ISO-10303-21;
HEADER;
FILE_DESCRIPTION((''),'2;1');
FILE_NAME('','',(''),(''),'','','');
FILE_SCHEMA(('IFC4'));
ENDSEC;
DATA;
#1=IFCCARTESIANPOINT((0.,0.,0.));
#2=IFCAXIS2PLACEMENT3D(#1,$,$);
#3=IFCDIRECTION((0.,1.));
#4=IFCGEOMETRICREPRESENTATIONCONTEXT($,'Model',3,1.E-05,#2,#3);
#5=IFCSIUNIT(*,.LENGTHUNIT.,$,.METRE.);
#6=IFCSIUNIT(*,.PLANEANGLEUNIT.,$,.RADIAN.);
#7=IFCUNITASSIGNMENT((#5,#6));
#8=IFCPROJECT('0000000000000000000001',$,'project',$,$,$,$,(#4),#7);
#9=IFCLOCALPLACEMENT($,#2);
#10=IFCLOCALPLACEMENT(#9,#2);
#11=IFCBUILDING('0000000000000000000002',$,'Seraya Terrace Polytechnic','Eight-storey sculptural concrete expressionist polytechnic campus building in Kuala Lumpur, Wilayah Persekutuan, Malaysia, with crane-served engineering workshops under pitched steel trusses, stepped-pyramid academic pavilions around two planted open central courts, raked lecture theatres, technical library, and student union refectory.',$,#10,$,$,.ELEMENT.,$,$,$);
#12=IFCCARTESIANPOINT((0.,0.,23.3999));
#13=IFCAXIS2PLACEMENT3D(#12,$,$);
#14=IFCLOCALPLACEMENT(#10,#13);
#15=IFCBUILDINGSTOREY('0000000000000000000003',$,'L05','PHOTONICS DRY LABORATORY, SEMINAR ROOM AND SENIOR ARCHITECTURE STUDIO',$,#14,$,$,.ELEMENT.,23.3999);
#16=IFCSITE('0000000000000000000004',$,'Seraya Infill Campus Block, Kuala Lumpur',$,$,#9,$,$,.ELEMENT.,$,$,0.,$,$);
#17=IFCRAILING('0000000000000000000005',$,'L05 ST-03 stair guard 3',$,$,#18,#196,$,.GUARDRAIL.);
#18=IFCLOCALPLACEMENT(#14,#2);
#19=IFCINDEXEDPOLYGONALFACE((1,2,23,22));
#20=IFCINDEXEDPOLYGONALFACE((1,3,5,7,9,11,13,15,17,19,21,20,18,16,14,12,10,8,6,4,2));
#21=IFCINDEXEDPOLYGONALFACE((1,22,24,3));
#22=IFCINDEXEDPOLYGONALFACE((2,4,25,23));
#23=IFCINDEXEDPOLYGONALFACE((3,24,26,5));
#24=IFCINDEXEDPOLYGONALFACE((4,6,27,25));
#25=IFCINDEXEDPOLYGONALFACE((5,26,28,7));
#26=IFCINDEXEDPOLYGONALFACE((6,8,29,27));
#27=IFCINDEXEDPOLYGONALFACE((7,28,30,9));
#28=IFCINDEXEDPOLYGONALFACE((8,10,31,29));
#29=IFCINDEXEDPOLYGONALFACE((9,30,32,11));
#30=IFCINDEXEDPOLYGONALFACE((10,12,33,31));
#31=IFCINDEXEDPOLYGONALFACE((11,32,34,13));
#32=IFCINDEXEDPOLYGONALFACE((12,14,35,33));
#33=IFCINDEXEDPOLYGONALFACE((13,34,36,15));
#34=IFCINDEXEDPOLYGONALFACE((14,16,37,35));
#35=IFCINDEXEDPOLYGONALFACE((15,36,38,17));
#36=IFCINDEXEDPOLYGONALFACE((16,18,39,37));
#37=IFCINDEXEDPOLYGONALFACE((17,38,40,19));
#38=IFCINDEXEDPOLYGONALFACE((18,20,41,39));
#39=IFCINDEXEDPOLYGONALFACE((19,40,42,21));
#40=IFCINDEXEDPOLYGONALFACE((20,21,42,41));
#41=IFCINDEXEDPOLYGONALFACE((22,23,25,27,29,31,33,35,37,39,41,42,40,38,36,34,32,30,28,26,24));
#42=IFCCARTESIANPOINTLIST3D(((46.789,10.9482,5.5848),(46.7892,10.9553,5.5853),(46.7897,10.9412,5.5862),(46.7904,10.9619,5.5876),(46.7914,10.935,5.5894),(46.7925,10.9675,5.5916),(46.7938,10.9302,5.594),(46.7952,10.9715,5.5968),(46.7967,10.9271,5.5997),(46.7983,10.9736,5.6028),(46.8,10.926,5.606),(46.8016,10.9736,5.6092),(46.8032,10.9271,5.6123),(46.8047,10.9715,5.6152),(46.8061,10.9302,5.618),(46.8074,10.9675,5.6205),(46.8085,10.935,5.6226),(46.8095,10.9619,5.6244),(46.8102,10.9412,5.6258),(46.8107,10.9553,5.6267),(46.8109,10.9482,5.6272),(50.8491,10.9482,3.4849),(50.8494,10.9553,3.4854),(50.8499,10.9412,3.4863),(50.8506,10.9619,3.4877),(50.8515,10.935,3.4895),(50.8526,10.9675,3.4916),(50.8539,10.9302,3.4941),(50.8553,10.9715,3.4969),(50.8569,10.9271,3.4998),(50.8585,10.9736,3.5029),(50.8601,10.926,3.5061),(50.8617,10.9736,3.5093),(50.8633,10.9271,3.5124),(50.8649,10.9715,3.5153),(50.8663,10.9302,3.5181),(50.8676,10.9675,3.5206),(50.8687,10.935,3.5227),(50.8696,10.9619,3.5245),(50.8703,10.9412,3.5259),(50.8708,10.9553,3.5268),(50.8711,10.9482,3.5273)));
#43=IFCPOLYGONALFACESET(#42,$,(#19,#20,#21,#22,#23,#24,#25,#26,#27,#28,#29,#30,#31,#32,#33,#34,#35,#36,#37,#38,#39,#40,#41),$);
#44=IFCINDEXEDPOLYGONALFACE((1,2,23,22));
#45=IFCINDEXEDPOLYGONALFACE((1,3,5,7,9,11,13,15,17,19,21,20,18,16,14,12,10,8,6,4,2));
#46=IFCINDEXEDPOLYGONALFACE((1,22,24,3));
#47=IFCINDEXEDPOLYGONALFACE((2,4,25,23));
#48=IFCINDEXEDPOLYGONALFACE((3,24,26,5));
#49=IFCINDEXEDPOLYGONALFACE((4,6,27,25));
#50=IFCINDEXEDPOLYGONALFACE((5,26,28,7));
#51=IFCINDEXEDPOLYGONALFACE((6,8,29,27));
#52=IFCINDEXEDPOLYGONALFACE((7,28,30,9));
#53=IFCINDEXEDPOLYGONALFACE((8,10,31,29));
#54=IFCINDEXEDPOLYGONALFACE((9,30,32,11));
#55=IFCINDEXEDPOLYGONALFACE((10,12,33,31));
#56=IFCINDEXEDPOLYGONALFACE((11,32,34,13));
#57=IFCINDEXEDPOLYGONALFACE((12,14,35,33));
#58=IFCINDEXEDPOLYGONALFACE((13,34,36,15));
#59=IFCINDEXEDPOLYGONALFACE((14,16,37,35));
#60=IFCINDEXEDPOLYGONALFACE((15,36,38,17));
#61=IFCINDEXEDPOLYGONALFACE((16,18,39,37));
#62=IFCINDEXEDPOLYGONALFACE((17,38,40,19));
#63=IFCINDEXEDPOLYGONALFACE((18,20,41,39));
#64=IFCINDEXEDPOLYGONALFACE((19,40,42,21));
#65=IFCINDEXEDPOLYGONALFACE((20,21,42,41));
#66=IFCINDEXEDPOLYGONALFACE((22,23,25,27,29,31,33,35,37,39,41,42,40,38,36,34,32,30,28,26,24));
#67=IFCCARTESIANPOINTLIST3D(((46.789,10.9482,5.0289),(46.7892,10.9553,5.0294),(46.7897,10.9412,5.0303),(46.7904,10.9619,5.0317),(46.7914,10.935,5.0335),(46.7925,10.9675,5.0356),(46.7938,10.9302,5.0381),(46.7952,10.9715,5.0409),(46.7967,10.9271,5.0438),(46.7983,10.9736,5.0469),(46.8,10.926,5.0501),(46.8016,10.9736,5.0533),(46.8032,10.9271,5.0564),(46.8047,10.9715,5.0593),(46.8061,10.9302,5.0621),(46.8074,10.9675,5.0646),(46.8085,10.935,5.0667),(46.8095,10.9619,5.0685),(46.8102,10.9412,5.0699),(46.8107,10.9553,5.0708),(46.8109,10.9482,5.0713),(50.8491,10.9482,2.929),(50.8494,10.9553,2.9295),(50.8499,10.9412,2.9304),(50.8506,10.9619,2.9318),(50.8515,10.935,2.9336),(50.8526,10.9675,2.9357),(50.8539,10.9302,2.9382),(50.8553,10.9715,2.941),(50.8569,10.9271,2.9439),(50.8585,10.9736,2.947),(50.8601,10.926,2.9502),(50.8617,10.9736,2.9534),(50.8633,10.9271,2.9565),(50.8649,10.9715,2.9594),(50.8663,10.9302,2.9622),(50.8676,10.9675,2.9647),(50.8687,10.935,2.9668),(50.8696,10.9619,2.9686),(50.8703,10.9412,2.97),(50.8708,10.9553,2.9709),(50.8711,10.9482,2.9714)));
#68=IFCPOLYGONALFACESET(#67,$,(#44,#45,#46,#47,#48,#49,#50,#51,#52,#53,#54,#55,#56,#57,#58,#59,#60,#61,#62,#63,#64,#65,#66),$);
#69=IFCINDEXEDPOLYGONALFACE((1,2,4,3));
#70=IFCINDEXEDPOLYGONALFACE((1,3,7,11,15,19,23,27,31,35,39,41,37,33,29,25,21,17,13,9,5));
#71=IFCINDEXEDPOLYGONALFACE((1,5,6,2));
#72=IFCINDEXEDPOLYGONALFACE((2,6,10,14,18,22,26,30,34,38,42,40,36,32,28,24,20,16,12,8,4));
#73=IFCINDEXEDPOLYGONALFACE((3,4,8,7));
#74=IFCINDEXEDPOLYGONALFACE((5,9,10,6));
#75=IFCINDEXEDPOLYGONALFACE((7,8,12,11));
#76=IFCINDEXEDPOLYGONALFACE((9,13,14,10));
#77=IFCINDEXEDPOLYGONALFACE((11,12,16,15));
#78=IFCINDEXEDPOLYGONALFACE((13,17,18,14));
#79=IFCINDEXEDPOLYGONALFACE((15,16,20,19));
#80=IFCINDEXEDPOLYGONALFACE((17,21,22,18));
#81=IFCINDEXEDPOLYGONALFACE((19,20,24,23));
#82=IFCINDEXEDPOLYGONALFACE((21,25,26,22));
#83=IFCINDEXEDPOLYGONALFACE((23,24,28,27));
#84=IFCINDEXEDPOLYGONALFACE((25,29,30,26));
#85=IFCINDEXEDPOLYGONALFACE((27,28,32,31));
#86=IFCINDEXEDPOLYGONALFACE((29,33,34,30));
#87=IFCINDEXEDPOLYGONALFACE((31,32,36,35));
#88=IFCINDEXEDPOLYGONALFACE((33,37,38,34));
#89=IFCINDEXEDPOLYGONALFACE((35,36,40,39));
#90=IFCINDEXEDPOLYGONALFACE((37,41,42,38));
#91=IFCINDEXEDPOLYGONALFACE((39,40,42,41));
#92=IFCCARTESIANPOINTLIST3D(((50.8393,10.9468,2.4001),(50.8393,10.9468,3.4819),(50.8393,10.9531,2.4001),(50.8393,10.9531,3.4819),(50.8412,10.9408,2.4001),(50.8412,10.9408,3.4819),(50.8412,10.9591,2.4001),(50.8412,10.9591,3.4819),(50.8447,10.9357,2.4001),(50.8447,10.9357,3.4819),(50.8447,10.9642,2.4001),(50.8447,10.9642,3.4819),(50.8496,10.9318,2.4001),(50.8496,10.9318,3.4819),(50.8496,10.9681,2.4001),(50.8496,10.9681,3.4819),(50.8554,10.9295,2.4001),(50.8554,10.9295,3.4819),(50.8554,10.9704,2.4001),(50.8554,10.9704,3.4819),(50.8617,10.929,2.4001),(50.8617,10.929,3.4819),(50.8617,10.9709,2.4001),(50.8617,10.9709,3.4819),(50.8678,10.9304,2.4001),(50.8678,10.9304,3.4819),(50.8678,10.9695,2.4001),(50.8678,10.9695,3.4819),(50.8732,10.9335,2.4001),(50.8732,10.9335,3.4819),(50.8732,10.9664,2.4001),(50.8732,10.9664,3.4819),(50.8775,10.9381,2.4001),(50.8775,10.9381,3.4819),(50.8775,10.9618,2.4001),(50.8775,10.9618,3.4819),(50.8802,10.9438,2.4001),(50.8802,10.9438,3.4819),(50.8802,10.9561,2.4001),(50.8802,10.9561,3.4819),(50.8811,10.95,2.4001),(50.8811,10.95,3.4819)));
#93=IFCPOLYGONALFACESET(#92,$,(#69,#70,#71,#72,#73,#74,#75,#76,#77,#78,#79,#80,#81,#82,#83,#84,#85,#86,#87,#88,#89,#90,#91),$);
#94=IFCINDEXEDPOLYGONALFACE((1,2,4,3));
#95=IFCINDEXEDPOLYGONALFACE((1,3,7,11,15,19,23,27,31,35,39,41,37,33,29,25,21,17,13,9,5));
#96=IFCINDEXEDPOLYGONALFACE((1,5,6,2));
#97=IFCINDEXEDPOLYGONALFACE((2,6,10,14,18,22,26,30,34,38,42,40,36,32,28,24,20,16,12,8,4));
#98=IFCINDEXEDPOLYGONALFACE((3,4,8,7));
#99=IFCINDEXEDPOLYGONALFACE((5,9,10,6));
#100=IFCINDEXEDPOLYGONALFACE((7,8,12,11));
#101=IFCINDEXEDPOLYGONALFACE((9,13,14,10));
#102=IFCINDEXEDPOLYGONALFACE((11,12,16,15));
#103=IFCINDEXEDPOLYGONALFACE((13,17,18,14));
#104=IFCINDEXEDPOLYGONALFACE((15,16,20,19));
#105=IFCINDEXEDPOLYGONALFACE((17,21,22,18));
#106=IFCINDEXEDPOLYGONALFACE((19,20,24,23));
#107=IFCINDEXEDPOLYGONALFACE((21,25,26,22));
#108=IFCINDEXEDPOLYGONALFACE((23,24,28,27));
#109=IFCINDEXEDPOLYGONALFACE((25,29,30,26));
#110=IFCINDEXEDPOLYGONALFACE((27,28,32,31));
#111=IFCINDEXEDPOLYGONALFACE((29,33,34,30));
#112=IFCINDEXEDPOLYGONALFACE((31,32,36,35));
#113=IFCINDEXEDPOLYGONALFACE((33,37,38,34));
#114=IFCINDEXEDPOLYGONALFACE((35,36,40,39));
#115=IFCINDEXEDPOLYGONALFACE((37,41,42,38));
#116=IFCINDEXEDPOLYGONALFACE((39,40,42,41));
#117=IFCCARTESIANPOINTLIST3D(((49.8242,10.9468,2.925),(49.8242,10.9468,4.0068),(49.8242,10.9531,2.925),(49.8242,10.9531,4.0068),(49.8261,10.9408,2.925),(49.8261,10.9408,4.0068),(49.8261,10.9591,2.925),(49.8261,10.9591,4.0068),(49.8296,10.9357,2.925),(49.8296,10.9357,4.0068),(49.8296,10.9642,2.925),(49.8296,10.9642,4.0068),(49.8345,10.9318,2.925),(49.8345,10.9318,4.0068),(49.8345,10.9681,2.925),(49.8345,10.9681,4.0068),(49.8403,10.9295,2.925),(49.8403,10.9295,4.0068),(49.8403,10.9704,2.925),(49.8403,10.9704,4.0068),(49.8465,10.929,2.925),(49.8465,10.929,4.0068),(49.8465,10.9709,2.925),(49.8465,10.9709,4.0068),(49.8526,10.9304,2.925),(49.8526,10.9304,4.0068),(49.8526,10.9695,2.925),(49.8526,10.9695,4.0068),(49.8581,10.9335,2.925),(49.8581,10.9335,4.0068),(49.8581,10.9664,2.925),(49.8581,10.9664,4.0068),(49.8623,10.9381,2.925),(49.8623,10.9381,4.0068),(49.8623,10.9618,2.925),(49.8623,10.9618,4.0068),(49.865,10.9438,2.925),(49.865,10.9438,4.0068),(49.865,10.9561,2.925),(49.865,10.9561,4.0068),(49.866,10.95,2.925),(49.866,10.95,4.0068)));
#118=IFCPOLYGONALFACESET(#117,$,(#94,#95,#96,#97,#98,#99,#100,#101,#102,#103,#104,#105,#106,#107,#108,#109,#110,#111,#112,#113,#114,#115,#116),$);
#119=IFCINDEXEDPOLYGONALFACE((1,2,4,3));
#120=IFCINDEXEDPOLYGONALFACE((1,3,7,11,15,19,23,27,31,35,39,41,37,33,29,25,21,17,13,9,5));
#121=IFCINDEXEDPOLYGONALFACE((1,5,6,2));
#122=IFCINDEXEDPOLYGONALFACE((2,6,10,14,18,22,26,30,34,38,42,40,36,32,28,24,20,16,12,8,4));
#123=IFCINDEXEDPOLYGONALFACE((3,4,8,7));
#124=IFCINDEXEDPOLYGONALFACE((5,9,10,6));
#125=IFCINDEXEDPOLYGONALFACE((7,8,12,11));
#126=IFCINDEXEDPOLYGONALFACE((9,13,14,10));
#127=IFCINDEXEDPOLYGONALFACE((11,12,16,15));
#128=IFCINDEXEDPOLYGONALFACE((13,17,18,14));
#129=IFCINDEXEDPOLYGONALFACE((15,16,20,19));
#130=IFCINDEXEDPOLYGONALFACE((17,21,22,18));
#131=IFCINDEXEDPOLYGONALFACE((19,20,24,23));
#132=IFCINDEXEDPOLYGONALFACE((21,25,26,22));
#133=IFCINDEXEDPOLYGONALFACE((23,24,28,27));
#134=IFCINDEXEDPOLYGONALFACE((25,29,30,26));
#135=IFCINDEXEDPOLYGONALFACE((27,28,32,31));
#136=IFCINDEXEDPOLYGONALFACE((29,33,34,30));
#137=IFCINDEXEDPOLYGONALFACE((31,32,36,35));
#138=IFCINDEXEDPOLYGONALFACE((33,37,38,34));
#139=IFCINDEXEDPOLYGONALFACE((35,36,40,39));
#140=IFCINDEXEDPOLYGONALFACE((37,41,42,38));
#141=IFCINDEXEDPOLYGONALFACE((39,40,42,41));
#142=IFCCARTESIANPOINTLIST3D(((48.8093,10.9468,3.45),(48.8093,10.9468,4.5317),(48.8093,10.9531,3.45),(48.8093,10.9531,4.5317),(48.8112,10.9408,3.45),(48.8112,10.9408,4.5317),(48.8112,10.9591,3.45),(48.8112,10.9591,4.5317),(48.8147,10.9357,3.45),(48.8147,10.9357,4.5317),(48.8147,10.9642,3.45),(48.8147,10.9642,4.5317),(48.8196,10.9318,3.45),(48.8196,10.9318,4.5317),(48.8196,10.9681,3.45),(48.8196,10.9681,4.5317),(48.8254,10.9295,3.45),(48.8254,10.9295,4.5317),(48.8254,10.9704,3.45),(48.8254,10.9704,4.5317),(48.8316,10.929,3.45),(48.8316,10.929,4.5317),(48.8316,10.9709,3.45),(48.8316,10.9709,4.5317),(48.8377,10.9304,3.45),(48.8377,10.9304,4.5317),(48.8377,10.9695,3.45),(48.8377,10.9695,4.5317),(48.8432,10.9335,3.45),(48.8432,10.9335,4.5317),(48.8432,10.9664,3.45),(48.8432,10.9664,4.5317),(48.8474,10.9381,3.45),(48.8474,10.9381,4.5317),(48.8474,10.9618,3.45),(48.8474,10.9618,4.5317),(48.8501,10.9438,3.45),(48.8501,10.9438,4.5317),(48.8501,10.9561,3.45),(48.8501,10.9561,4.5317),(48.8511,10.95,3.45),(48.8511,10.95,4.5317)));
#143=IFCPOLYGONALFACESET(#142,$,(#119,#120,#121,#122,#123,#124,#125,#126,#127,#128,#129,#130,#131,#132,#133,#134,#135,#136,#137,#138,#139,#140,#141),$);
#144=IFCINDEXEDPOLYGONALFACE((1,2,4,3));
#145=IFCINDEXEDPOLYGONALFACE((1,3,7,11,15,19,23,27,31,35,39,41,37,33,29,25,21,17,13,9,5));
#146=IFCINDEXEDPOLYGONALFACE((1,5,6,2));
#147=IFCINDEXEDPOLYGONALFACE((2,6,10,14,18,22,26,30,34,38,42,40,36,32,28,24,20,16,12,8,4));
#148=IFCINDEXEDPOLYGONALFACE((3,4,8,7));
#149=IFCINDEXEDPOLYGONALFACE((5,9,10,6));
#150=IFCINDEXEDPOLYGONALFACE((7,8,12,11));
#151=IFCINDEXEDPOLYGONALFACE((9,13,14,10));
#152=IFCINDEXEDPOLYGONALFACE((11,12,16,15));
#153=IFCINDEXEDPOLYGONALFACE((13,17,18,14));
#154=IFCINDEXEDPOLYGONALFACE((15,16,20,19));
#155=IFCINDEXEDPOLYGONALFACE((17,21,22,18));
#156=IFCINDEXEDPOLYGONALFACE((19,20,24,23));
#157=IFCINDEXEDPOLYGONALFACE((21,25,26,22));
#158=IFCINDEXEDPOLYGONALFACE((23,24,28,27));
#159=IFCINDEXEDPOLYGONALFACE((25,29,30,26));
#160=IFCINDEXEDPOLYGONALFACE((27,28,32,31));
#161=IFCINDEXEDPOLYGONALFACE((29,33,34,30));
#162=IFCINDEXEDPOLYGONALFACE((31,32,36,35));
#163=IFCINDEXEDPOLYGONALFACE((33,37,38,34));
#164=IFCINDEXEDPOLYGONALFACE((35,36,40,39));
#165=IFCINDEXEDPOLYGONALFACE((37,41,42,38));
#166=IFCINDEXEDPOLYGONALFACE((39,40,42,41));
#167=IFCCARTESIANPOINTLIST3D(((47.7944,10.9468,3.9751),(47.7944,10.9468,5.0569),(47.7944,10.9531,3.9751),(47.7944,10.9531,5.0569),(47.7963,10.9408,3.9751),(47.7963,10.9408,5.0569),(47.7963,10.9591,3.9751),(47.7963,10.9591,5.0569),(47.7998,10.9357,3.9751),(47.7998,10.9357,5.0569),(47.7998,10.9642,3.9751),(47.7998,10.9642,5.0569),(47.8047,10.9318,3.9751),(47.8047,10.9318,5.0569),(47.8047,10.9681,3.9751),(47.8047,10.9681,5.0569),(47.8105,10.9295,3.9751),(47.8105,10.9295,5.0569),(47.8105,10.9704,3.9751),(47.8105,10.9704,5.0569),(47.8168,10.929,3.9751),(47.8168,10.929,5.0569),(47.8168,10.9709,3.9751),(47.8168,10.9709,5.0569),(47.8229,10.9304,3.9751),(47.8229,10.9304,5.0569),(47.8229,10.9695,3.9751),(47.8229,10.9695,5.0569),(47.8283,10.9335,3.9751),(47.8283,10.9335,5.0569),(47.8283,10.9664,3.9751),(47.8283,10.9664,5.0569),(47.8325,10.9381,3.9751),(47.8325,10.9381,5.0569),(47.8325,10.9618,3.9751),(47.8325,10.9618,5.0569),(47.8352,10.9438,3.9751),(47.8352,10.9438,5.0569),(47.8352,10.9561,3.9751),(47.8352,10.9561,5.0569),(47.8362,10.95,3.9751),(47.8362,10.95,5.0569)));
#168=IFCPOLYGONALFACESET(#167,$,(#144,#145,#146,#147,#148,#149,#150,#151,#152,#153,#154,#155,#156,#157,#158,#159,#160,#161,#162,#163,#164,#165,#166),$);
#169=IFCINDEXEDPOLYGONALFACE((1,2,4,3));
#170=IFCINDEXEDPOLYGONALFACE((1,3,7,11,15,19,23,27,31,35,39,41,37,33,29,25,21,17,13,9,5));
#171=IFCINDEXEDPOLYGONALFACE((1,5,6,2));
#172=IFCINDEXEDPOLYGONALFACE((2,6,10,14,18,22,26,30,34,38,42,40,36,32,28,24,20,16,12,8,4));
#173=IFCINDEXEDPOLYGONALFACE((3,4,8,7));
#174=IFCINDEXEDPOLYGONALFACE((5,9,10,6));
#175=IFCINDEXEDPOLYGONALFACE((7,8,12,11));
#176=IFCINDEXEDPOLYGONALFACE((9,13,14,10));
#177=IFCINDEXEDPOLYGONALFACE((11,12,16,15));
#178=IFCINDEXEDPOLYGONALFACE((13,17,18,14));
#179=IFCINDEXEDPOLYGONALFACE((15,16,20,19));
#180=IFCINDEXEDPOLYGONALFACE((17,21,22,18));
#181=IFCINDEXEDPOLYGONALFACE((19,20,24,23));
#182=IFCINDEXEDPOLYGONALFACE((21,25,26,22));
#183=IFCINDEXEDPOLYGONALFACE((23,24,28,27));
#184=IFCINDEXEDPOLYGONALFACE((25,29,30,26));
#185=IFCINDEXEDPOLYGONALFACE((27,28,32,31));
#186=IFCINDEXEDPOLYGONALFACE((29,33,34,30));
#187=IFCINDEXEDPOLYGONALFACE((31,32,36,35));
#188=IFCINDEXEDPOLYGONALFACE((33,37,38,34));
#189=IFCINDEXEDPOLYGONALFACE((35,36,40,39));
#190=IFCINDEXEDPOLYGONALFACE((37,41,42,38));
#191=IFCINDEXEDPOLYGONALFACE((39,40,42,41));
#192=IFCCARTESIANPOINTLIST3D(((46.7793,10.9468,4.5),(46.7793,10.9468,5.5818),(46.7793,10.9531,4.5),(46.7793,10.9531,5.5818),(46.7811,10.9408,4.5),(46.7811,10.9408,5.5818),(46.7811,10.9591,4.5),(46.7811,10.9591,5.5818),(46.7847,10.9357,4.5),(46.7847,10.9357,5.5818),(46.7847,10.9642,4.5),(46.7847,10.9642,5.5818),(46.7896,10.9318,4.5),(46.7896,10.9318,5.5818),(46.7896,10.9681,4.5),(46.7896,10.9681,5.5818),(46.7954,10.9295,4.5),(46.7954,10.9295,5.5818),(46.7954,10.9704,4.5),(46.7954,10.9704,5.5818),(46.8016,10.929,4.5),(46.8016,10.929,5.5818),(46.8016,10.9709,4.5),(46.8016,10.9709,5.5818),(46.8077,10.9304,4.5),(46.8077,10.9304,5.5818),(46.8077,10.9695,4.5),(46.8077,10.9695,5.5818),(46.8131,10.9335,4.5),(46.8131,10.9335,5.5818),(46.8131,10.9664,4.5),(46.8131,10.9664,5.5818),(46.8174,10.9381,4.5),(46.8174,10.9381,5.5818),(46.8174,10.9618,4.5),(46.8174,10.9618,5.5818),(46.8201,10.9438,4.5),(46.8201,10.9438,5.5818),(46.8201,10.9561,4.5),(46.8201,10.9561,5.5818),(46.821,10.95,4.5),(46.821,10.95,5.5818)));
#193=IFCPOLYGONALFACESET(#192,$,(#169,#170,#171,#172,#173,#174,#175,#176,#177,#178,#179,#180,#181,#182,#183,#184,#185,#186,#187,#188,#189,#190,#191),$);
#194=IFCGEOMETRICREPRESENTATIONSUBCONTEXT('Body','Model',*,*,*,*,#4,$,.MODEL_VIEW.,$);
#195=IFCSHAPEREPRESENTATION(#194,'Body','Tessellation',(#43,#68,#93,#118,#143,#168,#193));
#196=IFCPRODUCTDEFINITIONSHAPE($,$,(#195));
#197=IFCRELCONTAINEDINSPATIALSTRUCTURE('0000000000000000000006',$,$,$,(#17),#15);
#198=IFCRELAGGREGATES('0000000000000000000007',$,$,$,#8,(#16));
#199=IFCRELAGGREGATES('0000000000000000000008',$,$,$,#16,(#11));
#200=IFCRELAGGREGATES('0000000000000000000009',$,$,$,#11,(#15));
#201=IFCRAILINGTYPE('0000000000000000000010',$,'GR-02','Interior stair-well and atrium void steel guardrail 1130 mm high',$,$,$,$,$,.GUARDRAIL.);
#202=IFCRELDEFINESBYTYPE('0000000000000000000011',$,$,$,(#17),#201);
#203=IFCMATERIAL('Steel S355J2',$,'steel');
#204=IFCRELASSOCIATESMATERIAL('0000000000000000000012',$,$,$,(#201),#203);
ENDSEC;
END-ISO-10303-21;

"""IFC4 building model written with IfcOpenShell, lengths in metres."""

from ifc_helpers import new_model, si_unit, direction, frame, origin, origin_2d, place, context, subcontext, project, spatial, circle, extrude, material, type_object, element, save


model = new_model("IFC4")

# Units and contexts
model_context = context("Model", 3, precision=1e-05, world=origin(), true_north=direction((0.0, 1.0)))
body_context = subcontext(model_context, "Body", "Model", "MODEL_VIEW")
ifc_project = project(units=[si_unit("LENGTHUNIT", "METRE"), si_unit("PLANEANGLEUNIT", "RADIAN")], contexts=[model_context])

# Site, building, storey
site_placement = place(None, origin())
site = spatial("IfcSite", under=ifc_project, at=site_placement, Name="Seraya Infill Campus Block, Kuala Lumpur", CompositionType="ELEMENT", RefElevation=0.0)
building_placement = place(site_placement, origin())
building = spatial("IfcBuilding", under=site, at=building_placement, Name="Seraya Terrace Polytechnic", Description="Eight-storey sculptural concrete expressionist polytechnic campus building in Kuala Lumpur, Wilayah Persekutuan, Malaysia, with crane-served engineering workshops under pitched steel trusses, stepped-pyramid academic pavilions around two planted open central courts, raked lecture theatres, technical library, and student union refectory.", CompositionType="ELEMENT")
storey_placement = place(building_placement, frame((0.0, 0.0, 23.3999)))
storey = spatial("IfcBuildingStorey", under=building, at=storey_placement, Name="L05", Description="PHOTONICS DRY LABORATORY, SEMINAR ROOM AND SENIOR ARCHITECTURE STUDIO", CompositionType="ELEMENT", Elevation=23.3999)

# Shared definitions
ifc_material_1 = material(Name="Steel S355J2", Category="steel")

# Railing
railing_type_1 = type_object("IfcRailingType", Name="GR-02", Description="Interior stair-well and atrium void steel guardrail 1130 mm high", PredefinedType="GUARDRAIL", material=ifc_material_1)
railing_1_placement = place(storey_placement, frame((50.8601, 10.95, 2.4001)))
element("IfcRailing", 1, at=railing_1_placement, inside=storey, type_object=railing_type_1, Name="L05 ST-03 stair guard 3", PredefinedType="GUARDRAIL", context=body_context, shape_type="SweptSolid", body=[
    extrude(circle(Radius=0.0239, at=origin_2d()), frame((0.0, 0.0, 1.106), z_axis=(-0.888233, 0.0, 0.459392), x_axis=(0.0, -1.0, 0.0)), (0.0, 0.0, 1.0), 4.571),
    extrude(circle(Radius=0.0239, at=origin_2d()), frame((0.0, 0.0, 0.55), z_axis=(-0.888233, 0.0, 0.459392), x_axis=(0.0, -1.0, 0.0)), (0.0, 0.0, 1.0), 4.571),
    extrude(circle(Radius=0.021, at=origin_2d()), origin(), (0.0, 0.0, 1.0), 1.0818),
    extrude(circle(Radius=0.021, at=origin_2d()), frame((-1.0151, 0.0, 0.5249)), (0.0, 0.0, 1.0), 1.0818),
    extrude(circle(Radius=0.021, at=origin_2d()), frame((-2.03, 0.0, 1.0498)), (0.0, 0.0, 1.0), 1.0818),
    extrude(circle(Radius=0.021, at=origin_2d()), frame((-3.0449, 0.0, 1.575)), (0.0, 0.0, 1.0), 1.0818),
    extrude(circle(Radius=0.021, at=origin_2d()), frame((-4.0601, 0.0, 2.0999)), (0.0, 0.0, 1.0), 1.0818),
])

save(model, "model.ifc")
